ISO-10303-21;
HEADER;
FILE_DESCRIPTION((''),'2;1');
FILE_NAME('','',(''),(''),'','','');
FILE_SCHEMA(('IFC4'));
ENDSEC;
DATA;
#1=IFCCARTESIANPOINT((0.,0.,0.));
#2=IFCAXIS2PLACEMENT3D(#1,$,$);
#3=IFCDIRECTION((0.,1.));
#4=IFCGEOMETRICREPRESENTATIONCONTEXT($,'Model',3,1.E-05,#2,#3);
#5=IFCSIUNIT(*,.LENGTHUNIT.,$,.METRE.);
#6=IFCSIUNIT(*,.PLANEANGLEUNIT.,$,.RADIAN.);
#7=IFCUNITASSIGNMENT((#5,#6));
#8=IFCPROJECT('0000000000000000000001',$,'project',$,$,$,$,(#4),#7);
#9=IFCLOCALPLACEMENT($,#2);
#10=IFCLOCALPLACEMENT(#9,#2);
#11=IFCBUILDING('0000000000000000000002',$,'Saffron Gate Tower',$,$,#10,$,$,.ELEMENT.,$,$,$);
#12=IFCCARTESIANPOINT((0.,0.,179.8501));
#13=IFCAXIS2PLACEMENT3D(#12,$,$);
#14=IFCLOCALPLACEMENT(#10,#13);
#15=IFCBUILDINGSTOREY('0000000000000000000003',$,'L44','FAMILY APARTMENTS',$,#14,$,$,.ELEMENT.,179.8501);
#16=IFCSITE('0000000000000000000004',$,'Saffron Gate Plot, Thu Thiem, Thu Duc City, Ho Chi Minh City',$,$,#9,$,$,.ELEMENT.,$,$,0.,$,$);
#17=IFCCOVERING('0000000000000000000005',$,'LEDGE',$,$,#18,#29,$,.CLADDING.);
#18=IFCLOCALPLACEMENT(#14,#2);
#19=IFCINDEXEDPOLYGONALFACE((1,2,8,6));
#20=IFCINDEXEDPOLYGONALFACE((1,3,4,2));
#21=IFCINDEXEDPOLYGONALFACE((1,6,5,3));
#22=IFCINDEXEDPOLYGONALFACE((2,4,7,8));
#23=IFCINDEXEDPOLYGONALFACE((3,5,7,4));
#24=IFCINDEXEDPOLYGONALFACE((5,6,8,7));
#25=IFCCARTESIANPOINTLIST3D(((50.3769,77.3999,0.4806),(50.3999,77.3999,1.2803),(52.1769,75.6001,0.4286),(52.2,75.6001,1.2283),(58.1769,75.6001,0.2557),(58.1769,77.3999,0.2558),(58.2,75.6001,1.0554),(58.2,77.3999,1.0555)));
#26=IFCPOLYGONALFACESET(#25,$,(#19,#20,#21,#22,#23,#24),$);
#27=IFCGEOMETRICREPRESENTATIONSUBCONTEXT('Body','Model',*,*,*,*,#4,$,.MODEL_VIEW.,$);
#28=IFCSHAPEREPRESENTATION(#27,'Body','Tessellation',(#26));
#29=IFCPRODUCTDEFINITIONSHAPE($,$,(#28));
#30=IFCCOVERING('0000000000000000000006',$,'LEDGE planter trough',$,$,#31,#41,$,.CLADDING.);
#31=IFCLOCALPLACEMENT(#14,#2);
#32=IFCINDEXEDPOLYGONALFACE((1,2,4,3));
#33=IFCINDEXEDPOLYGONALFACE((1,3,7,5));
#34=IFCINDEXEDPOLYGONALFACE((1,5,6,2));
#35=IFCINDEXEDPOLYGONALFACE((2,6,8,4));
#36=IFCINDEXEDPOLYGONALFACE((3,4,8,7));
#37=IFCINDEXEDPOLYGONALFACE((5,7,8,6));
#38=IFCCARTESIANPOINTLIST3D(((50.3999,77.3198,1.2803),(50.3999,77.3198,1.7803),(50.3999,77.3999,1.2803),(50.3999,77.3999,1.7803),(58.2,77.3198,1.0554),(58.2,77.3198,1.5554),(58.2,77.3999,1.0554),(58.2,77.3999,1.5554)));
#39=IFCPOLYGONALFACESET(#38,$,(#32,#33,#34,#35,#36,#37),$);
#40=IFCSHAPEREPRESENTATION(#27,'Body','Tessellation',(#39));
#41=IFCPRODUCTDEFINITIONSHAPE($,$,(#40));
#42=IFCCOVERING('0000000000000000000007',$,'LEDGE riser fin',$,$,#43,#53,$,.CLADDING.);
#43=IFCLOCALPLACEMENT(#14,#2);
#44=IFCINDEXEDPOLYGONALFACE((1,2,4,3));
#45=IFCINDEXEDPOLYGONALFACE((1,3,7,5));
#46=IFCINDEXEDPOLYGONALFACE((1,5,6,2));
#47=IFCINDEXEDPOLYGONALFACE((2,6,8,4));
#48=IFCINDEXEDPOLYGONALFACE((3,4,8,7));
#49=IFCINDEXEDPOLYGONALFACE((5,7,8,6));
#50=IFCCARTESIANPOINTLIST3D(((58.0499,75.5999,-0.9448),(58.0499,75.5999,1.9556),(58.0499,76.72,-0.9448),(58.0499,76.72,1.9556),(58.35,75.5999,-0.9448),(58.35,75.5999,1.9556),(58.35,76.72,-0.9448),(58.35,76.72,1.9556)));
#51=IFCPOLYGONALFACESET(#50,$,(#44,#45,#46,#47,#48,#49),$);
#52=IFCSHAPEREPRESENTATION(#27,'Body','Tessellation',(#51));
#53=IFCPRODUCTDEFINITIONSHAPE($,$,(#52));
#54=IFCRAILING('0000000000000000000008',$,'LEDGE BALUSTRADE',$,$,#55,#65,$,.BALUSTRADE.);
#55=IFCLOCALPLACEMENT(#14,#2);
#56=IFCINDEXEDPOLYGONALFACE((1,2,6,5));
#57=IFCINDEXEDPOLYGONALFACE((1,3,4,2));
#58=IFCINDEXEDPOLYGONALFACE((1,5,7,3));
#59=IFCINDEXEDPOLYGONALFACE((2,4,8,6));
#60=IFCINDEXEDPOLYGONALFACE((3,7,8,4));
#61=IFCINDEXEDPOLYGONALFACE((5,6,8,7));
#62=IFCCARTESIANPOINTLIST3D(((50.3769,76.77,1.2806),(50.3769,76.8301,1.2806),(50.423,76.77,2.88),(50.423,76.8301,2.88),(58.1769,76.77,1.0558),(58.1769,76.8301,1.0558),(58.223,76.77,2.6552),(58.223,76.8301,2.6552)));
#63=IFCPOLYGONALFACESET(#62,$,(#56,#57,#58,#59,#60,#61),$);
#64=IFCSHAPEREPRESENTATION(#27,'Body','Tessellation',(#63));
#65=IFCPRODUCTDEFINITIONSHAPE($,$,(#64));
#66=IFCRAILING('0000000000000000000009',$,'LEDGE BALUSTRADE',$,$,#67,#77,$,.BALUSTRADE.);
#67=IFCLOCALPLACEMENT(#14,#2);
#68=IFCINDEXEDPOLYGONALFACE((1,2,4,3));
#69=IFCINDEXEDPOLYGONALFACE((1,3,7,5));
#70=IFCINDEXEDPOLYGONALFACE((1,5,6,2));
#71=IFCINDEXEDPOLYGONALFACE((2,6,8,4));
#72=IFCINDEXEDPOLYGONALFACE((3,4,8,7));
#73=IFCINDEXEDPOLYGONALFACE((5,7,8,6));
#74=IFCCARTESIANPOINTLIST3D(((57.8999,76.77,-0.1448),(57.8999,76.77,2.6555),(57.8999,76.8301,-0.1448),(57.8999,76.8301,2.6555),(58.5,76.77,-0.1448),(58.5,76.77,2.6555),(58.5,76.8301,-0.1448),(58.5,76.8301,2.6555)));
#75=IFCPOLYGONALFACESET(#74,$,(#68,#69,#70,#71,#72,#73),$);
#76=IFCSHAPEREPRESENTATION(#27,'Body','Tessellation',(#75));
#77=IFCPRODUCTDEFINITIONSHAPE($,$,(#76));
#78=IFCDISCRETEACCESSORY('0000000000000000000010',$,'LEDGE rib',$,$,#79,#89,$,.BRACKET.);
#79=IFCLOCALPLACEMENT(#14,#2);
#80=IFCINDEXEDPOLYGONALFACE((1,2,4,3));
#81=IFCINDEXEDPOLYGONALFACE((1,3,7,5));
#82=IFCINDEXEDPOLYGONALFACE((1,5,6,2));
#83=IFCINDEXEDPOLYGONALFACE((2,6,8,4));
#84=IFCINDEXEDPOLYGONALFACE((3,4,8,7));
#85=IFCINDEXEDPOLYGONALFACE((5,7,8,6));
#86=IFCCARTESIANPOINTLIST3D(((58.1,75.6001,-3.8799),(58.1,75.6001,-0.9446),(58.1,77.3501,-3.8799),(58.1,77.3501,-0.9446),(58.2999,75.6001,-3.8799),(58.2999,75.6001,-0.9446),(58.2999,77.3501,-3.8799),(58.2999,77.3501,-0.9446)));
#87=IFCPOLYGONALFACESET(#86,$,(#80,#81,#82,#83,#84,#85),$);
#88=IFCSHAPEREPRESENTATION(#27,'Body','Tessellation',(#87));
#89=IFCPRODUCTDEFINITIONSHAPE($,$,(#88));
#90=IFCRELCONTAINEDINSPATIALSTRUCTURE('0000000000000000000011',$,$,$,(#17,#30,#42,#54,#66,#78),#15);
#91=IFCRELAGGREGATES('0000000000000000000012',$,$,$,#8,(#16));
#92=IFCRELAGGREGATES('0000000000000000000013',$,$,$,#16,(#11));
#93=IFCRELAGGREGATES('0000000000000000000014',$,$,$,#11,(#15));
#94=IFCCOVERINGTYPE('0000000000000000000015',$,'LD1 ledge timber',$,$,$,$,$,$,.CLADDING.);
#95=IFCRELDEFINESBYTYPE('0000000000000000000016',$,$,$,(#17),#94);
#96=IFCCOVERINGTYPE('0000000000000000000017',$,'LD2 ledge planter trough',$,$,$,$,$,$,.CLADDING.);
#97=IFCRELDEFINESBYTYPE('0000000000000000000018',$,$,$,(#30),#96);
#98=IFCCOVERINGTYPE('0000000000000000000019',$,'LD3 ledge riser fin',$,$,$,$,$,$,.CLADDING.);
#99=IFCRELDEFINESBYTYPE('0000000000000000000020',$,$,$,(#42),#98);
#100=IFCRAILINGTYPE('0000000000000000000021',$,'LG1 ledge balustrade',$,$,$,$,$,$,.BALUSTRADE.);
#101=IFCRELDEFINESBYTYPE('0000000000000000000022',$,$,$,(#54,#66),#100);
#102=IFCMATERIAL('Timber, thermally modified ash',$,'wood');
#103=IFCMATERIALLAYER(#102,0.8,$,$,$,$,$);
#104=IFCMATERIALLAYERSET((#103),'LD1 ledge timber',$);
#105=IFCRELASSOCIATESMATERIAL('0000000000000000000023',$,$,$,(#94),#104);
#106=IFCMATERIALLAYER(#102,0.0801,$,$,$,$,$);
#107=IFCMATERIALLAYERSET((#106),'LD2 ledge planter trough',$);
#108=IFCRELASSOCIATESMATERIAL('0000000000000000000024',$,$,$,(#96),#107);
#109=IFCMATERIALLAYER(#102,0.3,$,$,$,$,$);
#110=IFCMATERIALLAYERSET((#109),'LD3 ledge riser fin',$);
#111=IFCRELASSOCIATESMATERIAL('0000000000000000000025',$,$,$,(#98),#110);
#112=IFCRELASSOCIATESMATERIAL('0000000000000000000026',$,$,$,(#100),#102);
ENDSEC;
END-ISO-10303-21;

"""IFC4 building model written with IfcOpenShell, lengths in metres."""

from ifc_helpers import new_model, si_unit, direction, frame, origin, origin_2d, place, context, subcontext, project, spatial, polyline, rectangle, outline, extrude, material, layer, layer_set, type_object, element, save


model = new_model("IFC4")

# Units and contexts
model_context = context("Model", 3, precision=1e-05, world=origin(), true_north=direction((0.0, 1.0)))
body_context = subcontext(model_context, "Body", "Model", "MODEL_VIEW")
ifc_project = project(units=[si_unit("LENGTHUNIT", "METRE"), si_unit("PLANEANGLEUNIT", "RADIAN")], contexts=[model_context])

# Site, building, storey
site_placement = place(None, origin())
site = spatial("IfcSite", under=ifc_project, at=site_placement, Name="Saffron Gate Plot, Thu Thiem, Thu Duc City, Ho Chi Minh City", CompositionType="ELEMENT", RefElevation=0.0)
building_placement = place(site_placement, origin())
building = spatial("IfcBuilding", under=site, at=building_placement, Name="Saffron Gate Tower", CompositionType="ELEMENT")
storey_placement = place(building_placement, frame((0.0, 0.0, 179.8501)))
storey = spatial("IfcBuildingStorey", under=building, at=storey_placement, Name="L44", Description="FAMILY APARTMENTS", CompositionType="ELEMENT", Elevation=179.8501)

# Coverings
ifc_material_1 = material(Name="Timber, thermally modified ash", Category="wood")
ifc_layer_1 = layer(ifc_material_1, 0.8)
ifc_layer_set_1 = layer_set([ifc_layer_1], Name="LD1 ledge timber")
covering_type_1 = type_object("IfcCoveringType", Name="LD1 ledge timber", PredefinedType="CLADDING", material=ifc_layer_set_1)
covering_1_placement = place(storey_placement, frame((58.2, 75.6001, 1.0554), z_axis=(0.028807, -0.000035, 0.999585), x_axis=(-0.999585, 0.0, 0.028807)))
element("IfcCovering", 1, at=covering_1_placement, inside=storey, type_object=covering_type_1, Name="LEDGE", PredefinedType="CLADDING", context=body_context, shape_type="SweptSolid", body=[
    extrude(outline(polyline([(0.0, 0.0), (6.0025, 0.0), (7.8033, -1.7998), (0.0, -1.7998), (0.0, 0.0)])), origin(), (0.0, 0.0, -1.0), 0.8),
])
ifc_layer_2 = layer(ifc_material_1, 0.0801)
ifc_layer_set_2 = layer_set([ifc_layer_2], Name="LD2 ledge planter trough")
covering_type_2 = type_object("IfcCoveringType", Name="LD2 ledge planter trough", PredefinedType="CLADDING", material=ifc_layer_set_2)
covering_2_placement = place(storey_placement, frame((58.2, 77.3999, 1.0554), z_axis=(0.0, 1.0, 0.0), x_axis=(-0.999585, 0.0, 0.028815)))
element("IfcCovering", 2, at=covering_2_placement, inside=storey, type_object=covering_type_2, Name="LEDGE planter trough", PredefinedType="CLADDING", context=body_context, shape_type="SweptSolid", body=[
    extrude(outline(polyline([(0.0, 0.0), (7.8033, 0.0), (7.8177, 0.4998), (0.0144, 0.4998), (0.0, 0.0)])), origin(), (0.0, 0.0, -1.0), 0.0801),
])
ifc_layer_3 = layer(ifc_material_1, 0.3)
ifc_layer_set_3 = layer_set([ifc_layer_3], Name="LD3 ledge riser fin")
covering_type_3 = type_object("IfcCoveringType", Name="LD3 ledge riser fin", PredefinedType="CLADDING", material=ifc_layer_set_3)
covering_3_placement = place(storey_placement, frame((58.2, 76.1599, -0.9448), z_axis=(0.0, 0.0, 1.0), x_axis=(-1.0, 0.0, 0.0)))
element("IfcCovering", 3, at=covering_3_placement, inside=storey, type_object=covering_type_3, Name="LEDGE riser fin", PredefinedType="CLADDING", context=body_context, shape_type="SweptSolid", body=[
    extrude(rectangle(XDim=0.3, YDim=1.1201, at=origin_2d()), origin(), (0.0, 0.0, 1.0), 2.9004),
])

# Railings
railing_type = type_object("IfcRailingType", Name="LG1 ledge balustrade", PredefinedType="BALUSTRADE", material=ifc_material_1)
railing_1_placement = place(storey_placement, frame((58.2, 76.8, 1.0554)))
element("IfcRailing", 4, at=railing_1_placement, inside=storey, type_object=railing_type, Name="LEDGE BALUSTRADE", PredefinedType="BALUSTRADE", context=body_context, shape_type="SweptSolid", body=[
    extrude(rectangle(XDim=0.0601, YDim=1.6001, at=origin_2d()), frame((0.0, 0.0, 0.8), z_axis=(-0.999585, 0.0, 0.028815), x_axis=(0.0, -1.0, 0.0)), (0.0, 0.0, 1.0), 7.8032),
])
railing_2_placement = place(storey_placement, frame((58.5, 76.8, -0.1448)))
element("IfcRailing", 5, at=railing_2_placement, inside=storey, type_object=railing_type, Name="LEDGE BALUSTRADE", PredefinedType="BALUSTRADE", context=body_context, shape_type="SweptSolid", body=[
    extrude(rectangle(XDim=0.0601, YDim=2.8003, at=origin_2d()), frame((0.0, 0.0, 1.4001), z_axis=(-1.0, 0.0, 0.0), x_axis=(0.0, -1.0, 0.0)), (0.0, 0.0, 1.0), 0.6001),
])

# Discrete accessory
discrete_accessory_placement = place(storey_placement, frame((58.2, 76.4751, -3.8799), z_axis=(0.0, 0.0, 1.0), x_axis=(-1.0, 0.0, 0.0)))
element("IfcDiscreteAccessory", 6, at=discrete_accessory_placement, inside=storey, Name="LEDGE rib", PredefinedType="BRACKET", context=body_context, shape_type="SweptSolid", body=[
    extrude(rectangle(XDim=0.2, YDim=1.75, at=origin_2d()), origin(), (0.0, 0.0, 1.0), 2.9353),
])

save(model, "model.ifc")
